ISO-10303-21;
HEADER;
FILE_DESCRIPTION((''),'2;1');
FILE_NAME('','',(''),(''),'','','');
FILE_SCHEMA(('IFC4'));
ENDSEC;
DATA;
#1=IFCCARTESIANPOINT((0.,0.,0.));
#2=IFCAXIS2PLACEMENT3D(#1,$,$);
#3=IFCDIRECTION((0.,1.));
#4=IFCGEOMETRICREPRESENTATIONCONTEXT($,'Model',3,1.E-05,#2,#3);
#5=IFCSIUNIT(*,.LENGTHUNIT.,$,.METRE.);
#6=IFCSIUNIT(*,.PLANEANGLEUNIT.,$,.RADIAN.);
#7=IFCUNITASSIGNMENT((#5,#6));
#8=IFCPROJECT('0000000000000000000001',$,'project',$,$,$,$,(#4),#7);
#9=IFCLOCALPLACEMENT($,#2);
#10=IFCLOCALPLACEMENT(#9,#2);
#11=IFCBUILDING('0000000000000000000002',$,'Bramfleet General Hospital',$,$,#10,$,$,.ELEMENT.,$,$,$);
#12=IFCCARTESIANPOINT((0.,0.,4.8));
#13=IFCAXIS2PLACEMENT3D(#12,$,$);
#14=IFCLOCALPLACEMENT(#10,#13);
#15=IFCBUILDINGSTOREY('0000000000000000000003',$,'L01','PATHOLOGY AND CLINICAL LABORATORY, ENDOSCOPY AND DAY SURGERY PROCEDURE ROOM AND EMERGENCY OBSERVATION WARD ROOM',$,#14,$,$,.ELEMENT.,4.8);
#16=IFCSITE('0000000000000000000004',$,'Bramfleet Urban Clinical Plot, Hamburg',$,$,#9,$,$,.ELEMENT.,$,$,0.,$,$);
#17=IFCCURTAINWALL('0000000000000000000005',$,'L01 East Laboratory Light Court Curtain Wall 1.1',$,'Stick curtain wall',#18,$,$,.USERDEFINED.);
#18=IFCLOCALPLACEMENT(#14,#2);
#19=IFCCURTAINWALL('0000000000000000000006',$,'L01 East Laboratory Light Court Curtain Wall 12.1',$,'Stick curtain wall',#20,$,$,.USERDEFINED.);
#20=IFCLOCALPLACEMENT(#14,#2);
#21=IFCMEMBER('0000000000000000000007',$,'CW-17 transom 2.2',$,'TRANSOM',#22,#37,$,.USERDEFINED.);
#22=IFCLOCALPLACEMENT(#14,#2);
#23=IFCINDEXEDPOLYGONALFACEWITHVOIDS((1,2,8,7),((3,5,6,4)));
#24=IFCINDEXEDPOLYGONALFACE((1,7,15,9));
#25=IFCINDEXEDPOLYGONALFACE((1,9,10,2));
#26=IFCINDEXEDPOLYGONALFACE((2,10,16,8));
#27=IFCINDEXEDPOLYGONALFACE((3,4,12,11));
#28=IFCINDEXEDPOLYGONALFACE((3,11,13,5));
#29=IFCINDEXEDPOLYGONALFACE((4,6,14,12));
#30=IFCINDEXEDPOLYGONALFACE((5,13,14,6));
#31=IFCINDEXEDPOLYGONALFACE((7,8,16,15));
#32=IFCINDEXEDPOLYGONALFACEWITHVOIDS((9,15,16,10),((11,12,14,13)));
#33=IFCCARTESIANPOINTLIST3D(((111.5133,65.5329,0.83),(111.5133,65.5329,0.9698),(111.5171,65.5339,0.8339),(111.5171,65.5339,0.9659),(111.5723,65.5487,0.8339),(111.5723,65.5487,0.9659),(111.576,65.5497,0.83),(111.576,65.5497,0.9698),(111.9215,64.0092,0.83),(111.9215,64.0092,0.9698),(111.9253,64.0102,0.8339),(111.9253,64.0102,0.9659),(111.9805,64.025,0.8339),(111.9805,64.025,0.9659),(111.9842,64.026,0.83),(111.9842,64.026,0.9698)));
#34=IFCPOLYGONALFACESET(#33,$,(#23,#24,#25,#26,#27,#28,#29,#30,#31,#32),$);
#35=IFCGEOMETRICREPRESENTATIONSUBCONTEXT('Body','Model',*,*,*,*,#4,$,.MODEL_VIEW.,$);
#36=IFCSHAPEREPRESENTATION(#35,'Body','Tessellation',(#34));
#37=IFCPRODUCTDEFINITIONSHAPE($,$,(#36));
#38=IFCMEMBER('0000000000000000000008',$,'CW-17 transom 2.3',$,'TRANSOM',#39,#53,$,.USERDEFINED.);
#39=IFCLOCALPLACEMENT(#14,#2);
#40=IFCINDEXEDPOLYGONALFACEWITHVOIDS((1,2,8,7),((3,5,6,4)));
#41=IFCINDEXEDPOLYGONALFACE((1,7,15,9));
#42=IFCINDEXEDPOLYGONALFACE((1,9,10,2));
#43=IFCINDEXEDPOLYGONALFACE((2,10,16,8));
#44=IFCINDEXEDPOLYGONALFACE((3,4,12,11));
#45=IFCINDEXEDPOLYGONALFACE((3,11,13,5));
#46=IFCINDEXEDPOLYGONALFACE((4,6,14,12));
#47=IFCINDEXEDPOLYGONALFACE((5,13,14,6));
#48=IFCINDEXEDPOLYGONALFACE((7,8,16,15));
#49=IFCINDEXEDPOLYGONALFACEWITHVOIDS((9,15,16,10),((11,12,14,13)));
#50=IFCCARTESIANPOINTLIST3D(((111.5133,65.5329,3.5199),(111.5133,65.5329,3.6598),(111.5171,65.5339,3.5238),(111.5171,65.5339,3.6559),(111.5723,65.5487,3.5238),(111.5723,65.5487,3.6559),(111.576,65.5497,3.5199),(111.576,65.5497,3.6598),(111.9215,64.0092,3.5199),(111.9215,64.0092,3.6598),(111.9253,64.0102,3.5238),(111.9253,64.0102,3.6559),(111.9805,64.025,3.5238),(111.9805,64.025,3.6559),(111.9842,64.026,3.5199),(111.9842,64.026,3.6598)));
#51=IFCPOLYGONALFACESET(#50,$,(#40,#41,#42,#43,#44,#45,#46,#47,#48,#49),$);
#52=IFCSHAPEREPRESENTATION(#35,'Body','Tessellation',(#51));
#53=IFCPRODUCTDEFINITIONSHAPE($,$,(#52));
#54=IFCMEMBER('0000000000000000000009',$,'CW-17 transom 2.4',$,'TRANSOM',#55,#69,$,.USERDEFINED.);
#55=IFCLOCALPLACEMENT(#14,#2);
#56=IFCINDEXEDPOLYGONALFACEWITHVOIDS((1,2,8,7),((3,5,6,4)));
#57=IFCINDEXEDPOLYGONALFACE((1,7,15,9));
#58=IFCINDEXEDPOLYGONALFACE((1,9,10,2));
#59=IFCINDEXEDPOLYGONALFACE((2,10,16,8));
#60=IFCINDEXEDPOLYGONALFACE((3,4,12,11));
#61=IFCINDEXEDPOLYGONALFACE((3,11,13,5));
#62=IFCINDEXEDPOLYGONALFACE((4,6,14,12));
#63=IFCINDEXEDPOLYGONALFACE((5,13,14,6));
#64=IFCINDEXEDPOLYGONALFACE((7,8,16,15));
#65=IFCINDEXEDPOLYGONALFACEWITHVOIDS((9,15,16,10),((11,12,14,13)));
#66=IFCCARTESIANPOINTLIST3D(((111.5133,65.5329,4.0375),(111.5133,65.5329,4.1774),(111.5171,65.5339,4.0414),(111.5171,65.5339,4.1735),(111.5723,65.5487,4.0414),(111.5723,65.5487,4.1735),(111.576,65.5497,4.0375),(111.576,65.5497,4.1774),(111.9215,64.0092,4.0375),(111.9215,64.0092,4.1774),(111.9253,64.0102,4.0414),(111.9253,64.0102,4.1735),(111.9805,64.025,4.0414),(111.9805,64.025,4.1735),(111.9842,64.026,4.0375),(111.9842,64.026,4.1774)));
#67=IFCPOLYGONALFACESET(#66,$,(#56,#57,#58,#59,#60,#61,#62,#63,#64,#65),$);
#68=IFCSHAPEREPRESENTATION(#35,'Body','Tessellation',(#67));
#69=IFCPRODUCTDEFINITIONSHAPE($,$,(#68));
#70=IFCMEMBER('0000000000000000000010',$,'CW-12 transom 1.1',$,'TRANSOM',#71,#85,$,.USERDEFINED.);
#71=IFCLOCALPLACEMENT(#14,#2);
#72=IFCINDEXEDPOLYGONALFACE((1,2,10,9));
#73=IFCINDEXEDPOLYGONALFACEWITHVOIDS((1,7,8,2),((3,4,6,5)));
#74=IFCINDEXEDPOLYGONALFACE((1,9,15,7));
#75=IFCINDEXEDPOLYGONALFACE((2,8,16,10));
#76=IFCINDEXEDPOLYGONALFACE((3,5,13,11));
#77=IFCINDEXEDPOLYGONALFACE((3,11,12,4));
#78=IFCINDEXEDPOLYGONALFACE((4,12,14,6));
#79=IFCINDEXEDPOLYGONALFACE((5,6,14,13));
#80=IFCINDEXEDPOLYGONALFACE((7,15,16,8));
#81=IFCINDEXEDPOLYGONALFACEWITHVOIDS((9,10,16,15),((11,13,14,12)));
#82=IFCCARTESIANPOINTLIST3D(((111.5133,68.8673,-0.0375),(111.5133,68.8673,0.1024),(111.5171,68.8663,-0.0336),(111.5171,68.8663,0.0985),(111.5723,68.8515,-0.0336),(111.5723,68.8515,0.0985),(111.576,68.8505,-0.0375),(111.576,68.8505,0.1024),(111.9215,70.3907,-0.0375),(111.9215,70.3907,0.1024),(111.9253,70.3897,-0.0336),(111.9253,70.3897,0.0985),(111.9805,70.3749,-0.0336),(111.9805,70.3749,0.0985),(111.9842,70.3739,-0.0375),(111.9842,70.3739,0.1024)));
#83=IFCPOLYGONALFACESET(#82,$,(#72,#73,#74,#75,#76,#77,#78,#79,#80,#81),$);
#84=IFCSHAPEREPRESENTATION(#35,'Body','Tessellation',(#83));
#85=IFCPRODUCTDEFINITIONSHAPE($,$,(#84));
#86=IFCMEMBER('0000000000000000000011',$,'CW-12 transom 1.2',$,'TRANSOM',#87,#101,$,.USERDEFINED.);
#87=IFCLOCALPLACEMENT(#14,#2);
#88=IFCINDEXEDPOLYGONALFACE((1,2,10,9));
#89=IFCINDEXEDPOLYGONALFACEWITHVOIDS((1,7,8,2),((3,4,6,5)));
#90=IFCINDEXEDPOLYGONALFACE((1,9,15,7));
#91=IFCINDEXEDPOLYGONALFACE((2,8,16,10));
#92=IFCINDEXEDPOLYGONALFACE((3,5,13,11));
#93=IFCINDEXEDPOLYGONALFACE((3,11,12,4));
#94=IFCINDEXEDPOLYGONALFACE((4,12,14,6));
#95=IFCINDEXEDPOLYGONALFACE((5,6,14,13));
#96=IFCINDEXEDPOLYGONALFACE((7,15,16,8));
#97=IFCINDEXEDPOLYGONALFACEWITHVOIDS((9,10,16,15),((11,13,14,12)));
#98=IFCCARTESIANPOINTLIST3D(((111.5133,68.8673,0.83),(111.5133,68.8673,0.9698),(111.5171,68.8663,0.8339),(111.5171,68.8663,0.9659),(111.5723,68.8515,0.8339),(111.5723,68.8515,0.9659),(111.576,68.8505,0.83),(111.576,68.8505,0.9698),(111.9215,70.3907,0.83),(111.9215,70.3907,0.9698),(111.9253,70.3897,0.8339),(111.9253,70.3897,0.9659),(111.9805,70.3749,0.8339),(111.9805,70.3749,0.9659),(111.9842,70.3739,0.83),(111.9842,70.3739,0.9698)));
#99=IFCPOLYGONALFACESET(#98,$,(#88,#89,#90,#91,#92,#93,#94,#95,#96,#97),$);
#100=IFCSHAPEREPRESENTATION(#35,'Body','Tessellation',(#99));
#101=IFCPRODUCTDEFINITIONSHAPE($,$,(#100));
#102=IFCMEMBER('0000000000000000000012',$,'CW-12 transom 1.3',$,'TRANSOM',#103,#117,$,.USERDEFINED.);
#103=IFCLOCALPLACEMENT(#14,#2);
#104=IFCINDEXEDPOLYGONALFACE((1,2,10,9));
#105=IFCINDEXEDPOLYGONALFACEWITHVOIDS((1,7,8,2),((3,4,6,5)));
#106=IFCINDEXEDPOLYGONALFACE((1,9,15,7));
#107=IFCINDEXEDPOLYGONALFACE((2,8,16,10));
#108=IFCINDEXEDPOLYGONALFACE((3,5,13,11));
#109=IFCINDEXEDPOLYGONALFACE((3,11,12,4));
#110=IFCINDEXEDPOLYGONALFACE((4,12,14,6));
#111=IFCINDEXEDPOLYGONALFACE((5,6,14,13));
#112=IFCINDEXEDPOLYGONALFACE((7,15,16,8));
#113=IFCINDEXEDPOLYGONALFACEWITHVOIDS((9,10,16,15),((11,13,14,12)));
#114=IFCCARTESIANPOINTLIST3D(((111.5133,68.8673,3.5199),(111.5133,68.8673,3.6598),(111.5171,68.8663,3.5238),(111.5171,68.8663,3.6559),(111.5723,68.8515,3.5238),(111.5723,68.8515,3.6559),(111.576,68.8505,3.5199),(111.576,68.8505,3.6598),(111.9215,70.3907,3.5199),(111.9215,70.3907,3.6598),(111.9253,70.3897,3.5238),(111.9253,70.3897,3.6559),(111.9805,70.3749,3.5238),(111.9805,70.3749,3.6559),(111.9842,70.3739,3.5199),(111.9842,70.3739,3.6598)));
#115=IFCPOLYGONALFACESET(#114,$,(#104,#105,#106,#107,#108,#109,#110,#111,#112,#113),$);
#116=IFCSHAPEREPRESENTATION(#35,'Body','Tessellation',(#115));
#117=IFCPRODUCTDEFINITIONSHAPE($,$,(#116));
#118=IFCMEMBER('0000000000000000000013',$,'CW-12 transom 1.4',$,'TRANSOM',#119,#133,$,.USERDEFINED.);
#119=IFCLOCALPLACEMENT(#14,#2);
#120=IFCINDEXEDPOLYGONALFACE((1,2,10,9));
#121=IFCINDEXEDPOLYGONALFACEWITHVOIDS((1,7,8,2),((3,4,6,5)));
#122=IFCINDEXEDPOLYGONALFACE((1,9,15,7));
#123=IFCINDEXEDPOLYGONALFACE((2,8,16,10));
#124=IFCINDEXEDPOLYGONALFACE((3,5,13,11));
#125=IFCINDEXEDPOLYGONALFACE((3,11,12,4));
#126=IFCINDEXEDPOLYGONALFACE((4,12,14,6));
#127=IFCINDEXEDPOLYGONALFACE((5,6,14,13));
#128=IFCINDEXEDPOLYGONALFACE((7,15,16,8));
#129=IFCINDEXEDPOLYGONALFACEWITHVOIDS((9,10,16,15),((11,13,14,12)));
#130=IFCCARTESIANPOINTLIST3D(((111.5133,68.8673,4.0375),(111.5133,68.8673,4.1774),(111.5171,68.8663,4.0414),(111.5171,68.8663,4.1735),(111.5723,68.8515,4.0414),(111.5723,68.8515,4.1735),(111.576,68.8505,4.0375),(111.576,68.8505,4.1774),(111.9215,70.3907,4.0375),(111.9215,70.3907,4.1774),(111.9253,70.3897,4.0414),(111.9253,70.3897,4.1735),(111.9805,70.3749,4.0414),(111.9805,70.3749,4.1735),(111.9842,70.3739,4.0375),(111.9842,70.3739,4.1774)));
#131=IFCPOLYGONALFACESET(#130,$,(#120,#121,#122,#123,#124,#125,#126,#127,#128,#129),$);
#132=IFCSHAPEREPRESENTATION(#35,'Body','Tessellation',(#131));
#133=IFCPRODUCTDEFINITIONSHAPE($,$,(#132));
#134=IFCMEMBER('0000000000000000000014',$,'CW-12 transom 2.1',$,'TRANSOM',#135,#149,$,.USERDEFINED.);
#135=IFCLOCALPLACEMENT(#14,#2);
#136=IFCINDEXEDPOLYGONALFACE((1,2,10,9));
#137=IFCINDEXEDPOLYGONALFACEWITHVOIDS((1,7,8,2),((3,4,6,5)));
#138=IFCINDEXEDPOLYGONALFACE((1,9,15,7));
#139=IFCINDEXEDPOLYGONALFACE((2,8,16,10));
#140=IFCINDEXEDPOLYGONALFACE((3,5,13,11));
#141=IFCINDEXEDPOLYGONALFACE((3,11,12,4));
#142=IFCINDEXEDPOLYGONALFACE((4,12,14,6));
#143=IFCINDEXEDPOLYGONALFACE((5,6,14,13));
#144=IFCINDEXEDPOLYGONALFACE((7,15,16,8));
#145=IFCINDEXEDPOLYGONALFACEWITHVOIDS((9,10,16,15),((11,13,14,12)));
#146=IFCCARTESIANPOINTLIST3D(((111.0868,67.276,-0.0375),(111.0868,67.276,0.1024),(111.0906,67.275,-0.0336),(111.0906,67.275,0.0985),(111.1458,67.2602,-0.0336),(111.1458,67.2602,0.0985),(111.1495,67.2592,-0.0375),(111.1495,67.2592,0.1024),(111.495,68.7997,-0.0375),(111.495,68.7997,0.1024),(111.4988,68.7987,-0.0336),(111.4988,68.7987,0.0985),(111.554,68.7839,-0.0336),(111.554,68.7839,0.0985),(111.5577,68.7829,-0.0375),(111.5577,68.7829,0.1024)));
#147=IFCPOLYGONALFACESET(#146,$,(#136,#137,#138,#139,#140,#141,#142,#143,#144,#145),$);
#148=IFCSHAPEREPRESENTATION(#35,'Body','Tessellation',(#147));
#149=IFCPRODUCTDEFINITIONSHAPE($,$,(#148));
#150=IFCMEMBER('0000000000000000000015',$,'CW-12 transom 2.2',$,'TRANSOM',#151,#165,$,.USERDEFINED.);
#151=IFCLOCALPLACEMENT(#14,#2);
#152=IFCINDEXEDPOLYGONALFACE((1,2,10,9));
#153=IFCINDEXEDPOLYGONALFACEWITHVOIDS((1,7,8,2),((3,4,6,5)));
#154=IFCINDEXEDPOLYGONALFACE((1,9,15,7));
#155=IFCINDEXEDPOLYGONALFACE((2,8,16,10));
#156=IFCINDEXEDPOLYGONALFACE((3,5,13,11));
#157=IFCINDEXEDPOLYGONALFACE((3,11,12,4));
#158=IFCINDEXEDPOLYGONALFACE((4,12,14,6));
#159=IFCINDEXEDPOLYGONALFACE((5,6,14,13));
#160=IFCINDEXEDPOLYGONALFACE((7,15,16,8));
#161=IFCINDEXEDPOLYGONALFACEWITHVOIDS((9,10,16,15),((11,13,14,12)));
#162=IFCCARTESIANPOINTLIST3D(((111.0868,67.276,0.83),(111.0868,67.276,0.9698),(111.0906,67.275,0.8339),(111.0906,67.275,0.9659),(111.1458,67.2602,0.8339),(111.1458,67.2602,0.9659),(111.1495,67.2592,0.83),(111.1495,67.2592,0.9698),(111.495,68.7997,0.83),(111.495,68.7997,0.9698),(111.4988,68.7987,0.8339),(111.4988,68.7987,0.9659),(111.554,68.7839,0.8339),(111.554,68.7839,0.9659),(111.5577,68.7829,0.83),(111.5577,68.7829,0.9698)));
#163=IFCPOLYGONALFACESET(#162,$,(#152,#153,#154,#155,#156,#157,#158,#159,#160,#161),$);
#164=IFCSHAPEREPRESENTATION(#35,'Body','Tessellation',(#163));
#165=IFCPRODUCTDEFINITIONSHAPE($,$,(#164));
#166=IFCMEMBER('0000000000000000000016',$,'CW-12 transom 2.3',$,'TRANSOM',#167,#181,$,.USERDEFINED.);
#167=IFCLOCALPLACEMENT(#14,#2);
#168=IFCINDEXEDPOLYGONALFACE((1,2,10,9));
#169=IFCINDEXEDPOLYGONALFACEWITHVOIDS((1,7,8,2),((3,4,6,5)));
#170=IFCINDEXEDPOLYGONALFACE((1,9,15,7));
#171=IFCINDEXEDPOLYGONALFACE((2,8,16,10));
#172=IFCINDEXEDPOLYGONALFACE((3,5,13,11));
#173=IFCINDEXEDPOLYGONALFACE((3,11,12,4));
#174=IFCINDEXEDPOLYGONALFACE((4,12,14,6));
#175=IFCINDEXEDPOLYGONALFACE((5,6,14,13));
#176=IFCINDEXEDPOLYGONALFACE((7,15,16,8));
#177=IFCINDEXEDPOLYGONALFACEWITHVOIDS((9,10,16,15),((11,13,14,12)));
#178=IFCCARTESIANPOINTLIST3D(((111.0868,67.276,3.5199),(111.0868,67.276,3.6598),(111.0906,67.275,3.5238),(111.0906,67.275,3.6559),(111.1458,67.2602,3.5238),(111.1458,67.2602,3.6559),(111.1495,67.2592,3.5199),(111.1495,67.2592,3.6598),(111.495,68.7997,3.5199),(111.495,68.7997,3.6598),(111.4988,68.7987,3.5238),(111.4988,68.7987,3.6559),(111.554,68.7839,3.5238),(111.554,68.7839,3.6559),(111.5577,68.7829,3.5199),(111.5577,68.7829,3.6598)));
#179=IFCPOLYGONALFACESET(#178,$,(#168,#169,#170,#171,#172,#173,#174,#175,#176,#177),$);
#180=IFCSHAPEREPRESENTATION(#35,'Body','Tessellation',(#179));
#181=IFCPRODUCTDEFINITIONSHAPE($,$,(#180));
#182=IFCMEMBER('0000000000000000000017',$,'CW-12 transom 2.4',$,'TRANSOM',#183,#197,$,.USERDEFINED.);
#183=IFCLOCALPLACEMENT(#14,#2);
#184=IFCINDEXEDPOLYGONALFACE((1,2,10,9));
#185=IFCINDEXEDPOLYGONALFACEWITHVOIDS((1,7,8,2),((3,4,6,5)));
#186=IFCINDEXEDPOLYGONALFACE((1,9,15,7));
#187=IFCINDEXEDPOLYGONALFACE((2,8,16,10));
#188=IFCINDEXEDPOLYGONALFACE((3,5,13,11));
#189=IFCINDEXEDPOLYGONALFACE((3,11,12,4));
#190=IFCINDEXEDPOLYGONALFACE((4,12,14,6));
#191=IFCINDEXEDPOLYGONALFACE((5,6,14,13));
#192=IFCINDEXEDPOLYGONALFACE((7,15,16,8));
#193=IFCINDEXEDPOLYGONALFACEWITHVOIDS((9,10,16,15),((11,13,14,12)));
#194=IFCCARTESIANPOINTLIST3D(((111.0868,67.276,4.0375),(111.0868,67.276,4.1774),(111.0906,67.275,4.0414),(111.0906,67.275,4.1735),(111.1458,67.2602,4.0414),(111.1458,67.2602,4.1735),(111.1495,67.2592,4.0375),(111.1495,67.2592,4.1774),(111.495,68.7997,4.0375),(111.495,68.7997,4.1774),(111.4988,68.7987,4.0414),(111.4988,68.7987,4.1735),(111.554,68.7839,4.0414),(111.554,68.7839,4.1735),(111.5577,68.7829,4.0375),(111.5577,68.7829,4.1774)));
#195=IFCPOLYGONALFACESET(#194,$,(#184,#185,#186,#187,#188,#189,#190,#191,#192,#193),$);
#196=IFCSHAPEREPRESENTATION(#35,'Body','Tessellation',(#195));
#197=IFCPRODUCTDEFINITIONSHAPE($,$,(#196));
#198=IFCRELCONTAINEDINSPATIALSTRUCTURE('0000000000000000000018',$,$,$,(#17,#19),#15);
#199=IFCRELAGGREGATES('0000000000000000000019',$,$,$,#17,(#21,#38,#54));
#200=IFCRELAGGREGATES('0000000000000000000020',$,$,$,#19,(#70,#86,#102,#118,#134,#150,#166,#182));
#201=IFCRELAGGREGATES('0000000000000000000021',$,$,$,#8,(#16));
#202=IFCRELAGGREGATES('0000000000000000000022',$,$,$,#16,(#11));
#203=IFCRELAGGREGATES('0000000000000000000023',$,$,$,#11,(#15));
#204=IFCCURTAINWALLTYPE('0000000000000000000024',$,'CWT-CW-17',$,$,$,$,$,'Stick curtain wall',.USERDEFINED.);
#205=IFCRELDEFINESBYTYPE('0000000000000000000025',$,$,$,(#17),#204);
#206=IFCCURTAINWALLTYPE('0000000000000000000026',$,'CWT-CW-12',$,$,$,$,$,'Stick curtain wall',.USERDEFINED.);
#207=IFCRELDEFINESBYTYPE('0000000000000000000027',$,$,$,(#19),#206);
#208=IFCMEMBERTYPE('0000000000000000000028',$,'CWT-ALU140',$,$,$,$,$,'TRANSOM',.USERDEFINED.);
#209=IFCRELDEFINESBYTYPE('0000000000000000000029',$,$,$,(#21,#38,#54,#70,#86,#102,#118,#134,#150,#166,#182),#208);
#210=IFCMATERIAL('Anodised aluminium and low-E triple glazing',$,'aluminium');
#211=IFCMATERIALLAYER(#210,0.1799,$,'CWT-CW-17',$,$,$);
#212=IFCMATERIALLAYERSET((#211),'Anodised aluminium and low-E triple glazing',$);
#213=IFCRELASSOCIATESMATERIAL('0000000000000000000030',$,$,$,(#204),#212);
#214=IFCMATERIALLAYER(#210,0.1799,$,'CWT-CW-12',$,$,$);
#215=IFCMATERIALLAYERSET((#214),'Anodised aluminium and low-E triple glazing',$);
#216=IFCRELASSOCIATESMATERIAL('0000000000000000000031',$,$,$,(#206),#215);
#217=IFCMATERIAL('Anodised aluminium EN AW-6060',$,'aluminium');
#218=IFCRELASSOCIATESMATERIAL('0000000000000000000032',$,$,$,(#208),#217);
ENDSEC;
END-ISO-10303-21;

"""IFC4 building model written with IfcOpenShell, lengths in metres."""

from ifc_helpers import new_model, si_unit, direction, frame, origin, origin_2d, place, context, subcontext, project, spatial, hollow_rectangle, extrude, material, layer, layer_set, material_profile, profile_set, type_object, element, aggregate, save


model = new_model("IFC4")

# Units and contexts
model_context = context("Model", 3, precision=1e-05, world=origin(), true_north=direction((0.0, 1.0)))
body_context = subcontext(model_context, "Body", "Model", "MODEL_VIEW")
ifc_project = project(units=[si_unit("LENGTHUNIT", "METRE"), si_unit("PLANEANGLEUNIT", "RADIAN")], contexts=[model_context])

# Site, building, storey
site_placement = place(None, origin())
site = spatial("IfcSite", under=ifc_project, at=site_placement, Name="Bramfleet Urban Clinical Plot, Hamburg", CompositionType="ELEMENT", RefElevation=0.0)
building_placement = place(site_placement, origin())
building = spatial("IfcBuilding", under=site, at=building_placement, Name="Bramfleet General Hospital", CompositionType="ELEMENT")
storey_placement = place(building_placement, frame((0.0, 0.0, 4.8)))
storey = spatial("IfcBuildingStorey", under=building, at=storey_placement, Name="L01", Description="PATHOLOGY AND CLINICAL LABORATORY, ENDOSCOPY AND DAY SURGERY PROCEDURE ROOM AND EMERGENCY OBSERVATION WARD ROOM", CompositionType="ELEMENT", Elevation=4.8)

# Curtain walls
ifc_material_1 = material(Name="Anodised aluminium and low-E triple glazing", Category="aluminium")
ifc_layer_1 = layer(ifc_material_1, 0.1799, Name="CWT-CW-17")
ifc_layer_set_1 = layer_set([ifc_layer_1], Name="Anodised aluminium and low-E triple glazing")
curtain_wall_type_1 = type_object("IfcCurtainWallType", Name="CWT-CW-17", ElementType="Stick curtain wall", PredefinedType="USERDEFINED", material=ifc_layer_set_1)
curtain_wall_1_placement = place(storey_placement, origin())
curtain_wall_1 = element("IfcCurtainWall", 1, at=curtain_wall_1_placement, inside=storey, type_object=curtain_wall_type_1, Name="L01 East Laboratory Light Court Curtain Wall 1.1", ObjectType="Stick curtain wall", PredefinedType="USERDEFINED")
ifc_material_2 = material(Name="Anodised aluminium EN AW-6060", Category="aluminium")
ifc_layer_2 = layer(ifc_material_1, 0.1799, Name="CWT-CW-12")
ifc_layer_set_2 = layer_set([ifc_layer_2], Name="Anodised aluminium and low-E triple glazing")
curtain_wall_type_2 = type_object("IfcCurtainWallType", Name="CWT-CW-12", ElementType="Stick curtain wall", PredefinedType="USERDEFINED", material=ifc_layer_set_2)
curtain_wall_2_placement = place(storey_placement, origin())
curtain_wall_2 = element("IfcCurtainWall", 2, at=curtain_wall_2_placement, inside=storey, type_object=curtain_wall_type_2, Name="L01 East Laboratory Light Court Curtain Wall 12.1", ObjectType="Stick curtain wall", PredefinedType="USERDEFINED")

# Members
ifc_material_profile_1 = material_profile(ifc_material_2, hollow_rectangle(XDim=0.0649, YDim=0.1399, WallThickness=0.0039, at=origin_2d()), Name="ALU 140x65x4.0")
ifc_profile_set_1 = profile_set([ifc_material_profile_1], Name="Anodised aluminium EN AW-6060")
member_type_1 = type_object("IfcMemberType", Name="CWT-ALU140", ElementType="TRANSOM", PredefinedType="USERDEFINED", material=ifc_profile_set_1)
member_1_placement = place(storey_placement, frame((111.5447, 65.5413, 0.8999), z_axis=(0.25878, -0.965936, 0.0), x_axis=(0.965936, 0.25878, 0.0)))
member_1 = element("IfcMember", 3, at=member_1_placement, type_object=member_type_1, Name="CW-17 transom 2.2", ObjectType="TRANSOM", PredefinedType="USERDEFINED", context=body_context, shape_type="SweptSolid", body=[
    extrude(hollow_rectangle(XDim=0.0649, YDim=0.1399, WallThickness=0.0039, at=origin_2d()), origin(), (0.0, 0.0, 1.0), 1.5774),
])
member_2_placement = place(storey_placement, frame((111.5447, 65.5413, 3.5898), z_axis=(0.25878, -0.965936, 0.0), x_axis=(0.965936, 0.25878, 0.0)))
member_2 = element("IfcMember", 4, at=member_2_placement, type_object=member_type_1, Name="CW-17 transom 2.3", ObjectType="TRANSOM", PredefinedType="USERDEFINED", context=body_context, shape_type="SweptSolid", body=[
    extrude(hollow_rectangle(XDim=0.0649, YDim=0.1399, WallThickness=0.0039, at=origin_2d()), origin(), (0.0, 0.0, 1.0), 1.5774),
])
member_3_placement = place(storey_placement, frame((111.5447, 65.5413, 4.1074), z_axis=(0.25878, -0.965936, 0.0), x_axis=(0.965936, 0.25878, 0.0)))
member_3 = element("IfcMember", 5, at=member_3_placement, type_object=member_type_1, Name="CW-17 transom 2.4", ObjectType="TRANSOM", PredefinedType="USERDEFINED", context=body_context, shape_type="SweptSolid", body=[
    extrude(hollow_rectangle(XDim=0.0649, YDim=0.1399, WallThickness=0.0039, at=origin_2d()), origin(), (0.0, 0.0, 1.0), 1.5774),
])
member_4_placement = place(storey_placement, frame((111.9529, 70.3823, 0.0325), z_axis=(-0.258819, -0.965926, 0.0), x_axis=(0.965926, -0.258819, 0.0)))
member_4 = element("IfcMember", 6, at=member_4_placement, type_object=member_type_1, Name="CW-12 transom 1.1", ObjectType="TRANSOM", PredefinedType="USERDEFINED", context=body_context, shape_type="SweptSolid", body=[
    extrude(hollow_rectangle(XDim=0.0649, YDim=0.1399, WallThickness=0.0039, at=origin_2d()), origin(), (0.0, 0.0, 1.0), 1.5771),
])
member_5_placement = place(storey_placement, frame((111.9529, 70.3823, 0.8999), z_axis=(-0.258819, -0.965926, 0.0), x_axis=(0.965926, -0.258819, 0.0)))
member_5 = element("IfcMember", 7, at=member_5_placement, type_object=member_type_1, Name="CW-12 transom 1.2", ObjectType="TRANSOM", PredefinedType="USERDEFINED", context=body_context, shape_type="SweptSolid", body=[
    extrude(hollow_rectangle(XDim=0.0649, YDim=0.1399, WallThickness=0.0039, at=origin_2d()), origin(), (0.0, 0.0, 1.0), 1.5771),
])
member_6_placement = place(storey_placement, frame((111.9529, 70.3823, 3.5898), z_axis=(-0.258819, -0.965926, 0.0), x_axis=(0.965926, -0.258819, 0.0)))
member_6 = element("IfcMember", 8, at=member_6_placement, type_object=member_type_1, Name="CW-12 transom 1.3", ObjectType="TRANSOM", PredefinedType="USERDEFINED", context=body_context, shape_type="SweptSolid", body=[
    extrude(hollow_rectangle(XDim=0.0649, YDim=0.1399, WallThickness=0.0039, at=origin_2d()), origin(), (0.0, 0.0, 1.0), 1.5771),
])
member_7_placement = place(storey_placement, frame((111.9529, 70.3823, 4.1074), z_axis=(-0.258819, -0.965926, 0.0), x_axis=(0.965926, -0.258819, 0.0)))
member_7 = element("IfcMember", 9, at=member_7_placement, type_object=member_type_1, Name="CW-12 transom 1.4", ObjectType="TRANSOM", PredefinedType="USERDEFINED", context=body_context, shape_type="SweptSolid", body=[
    extrude(hollow_rectangle(XDim=0.0649, YDim=0.1399, WallThickness=0.0039, at=origin_2d()), origin(), (0.0, 0.0, 1.0), 1.5771),
])
member_8_placement = place(storey_placement, frame((111.5264, 68.7913, 0.0325), z_axis=(-0.25878, -0.965936, 0.0), x_axis=(0.965936, -0.25878, 0.0)))
member_8 = element("IfcMember", 10, at=member_8_placement, type_object=member_type_1, Name="CW-12 transom 2.1", ObjectType="TRANSOM", PredefinedType="USERDEFINED", context=body_context, shape_type="SweptSolid", body=[
    extrude(hollow_rectangle(XDim=0.0649, YDim=0.1399, WallThickness=0.0039, at=origin_2d()), origin(), (0.0, 0.0, 1.0), 1.5774),
])
member_9_placement = place(storey_placement, frame((111.5264, 68.7913, 0.8999), z_axis=(-0.25878, -0.965936, 0.0), x_axis=(0.965936, -0.25878, 0.0)))
member_9 = element("IfcMember", 11, at=member_9_placement, type_object=member_type_1, Name="CW-12 transom 2.2", ObjectType="TRANSOM", PredefinedType="USERDEFINED", context=body_context, shape_type="SweptSolid", body=[
    extrude(hollow_rectangle(XDim=0.0649, YDim=0.1399, WallThickness=0.0039, at=origin_2d()), origin(), (0.0, 0.0, 1.0), 1.5774),
])
member_10_placement = place(storey_placement, frame((111.5264, 68.7913, 3.5898), z_axis=(-0.25878, -0.965936, 0.0), x_axis=(0.965936, -0.25878, 0.0)))
member_10 = element("IfcMember", 12, at=member_10_placement, type_object=member_type_1, Name="CW-12 transom 2.3", ObjectType="TRANSOM", PredefinedType="USERDEFINED", context=body_context, shape_type="SweptSolid", body=[
    extrude(hollow_rectangle(XDim=0.0649, YDim=0.1399, WallThickness=0.0039, at=origin_2d()), origin(), (0.0, 0.0, 1.0), 1.5774),
])
member_11_placement = place(storey_placement, frame((111.5264, 68.7913, 4.1074), z_axis=(-0.25878, -0.965936, 0.0), x_axis=(0.965936, -0.25878, 0.0)))
member_11 = element("IfcMember", 13, at=member_11_placement, type_object=member_type_1, Name="CW-12 transom 2.4", ObjectType="TRANSOM", PredefinedType="USERDEFINED", context=body_context, shape_type="SweptSolid", body=[
    extrude(hollow_rectangle(XDim=0.0649, YDim=0.1399, WallThickness=0.0039, at=origin_2d()), origin(), (0.0, 0.0, 1.0), 1.5774),
])

aggregate(curtain_wall_1, [member_1, member_2, member_3])
aggregate(curtain_wall_2, [member_4, member_5, member_6, member_7, member_8, member_9, member_10, member_11])

save(model, "model.ifc")
